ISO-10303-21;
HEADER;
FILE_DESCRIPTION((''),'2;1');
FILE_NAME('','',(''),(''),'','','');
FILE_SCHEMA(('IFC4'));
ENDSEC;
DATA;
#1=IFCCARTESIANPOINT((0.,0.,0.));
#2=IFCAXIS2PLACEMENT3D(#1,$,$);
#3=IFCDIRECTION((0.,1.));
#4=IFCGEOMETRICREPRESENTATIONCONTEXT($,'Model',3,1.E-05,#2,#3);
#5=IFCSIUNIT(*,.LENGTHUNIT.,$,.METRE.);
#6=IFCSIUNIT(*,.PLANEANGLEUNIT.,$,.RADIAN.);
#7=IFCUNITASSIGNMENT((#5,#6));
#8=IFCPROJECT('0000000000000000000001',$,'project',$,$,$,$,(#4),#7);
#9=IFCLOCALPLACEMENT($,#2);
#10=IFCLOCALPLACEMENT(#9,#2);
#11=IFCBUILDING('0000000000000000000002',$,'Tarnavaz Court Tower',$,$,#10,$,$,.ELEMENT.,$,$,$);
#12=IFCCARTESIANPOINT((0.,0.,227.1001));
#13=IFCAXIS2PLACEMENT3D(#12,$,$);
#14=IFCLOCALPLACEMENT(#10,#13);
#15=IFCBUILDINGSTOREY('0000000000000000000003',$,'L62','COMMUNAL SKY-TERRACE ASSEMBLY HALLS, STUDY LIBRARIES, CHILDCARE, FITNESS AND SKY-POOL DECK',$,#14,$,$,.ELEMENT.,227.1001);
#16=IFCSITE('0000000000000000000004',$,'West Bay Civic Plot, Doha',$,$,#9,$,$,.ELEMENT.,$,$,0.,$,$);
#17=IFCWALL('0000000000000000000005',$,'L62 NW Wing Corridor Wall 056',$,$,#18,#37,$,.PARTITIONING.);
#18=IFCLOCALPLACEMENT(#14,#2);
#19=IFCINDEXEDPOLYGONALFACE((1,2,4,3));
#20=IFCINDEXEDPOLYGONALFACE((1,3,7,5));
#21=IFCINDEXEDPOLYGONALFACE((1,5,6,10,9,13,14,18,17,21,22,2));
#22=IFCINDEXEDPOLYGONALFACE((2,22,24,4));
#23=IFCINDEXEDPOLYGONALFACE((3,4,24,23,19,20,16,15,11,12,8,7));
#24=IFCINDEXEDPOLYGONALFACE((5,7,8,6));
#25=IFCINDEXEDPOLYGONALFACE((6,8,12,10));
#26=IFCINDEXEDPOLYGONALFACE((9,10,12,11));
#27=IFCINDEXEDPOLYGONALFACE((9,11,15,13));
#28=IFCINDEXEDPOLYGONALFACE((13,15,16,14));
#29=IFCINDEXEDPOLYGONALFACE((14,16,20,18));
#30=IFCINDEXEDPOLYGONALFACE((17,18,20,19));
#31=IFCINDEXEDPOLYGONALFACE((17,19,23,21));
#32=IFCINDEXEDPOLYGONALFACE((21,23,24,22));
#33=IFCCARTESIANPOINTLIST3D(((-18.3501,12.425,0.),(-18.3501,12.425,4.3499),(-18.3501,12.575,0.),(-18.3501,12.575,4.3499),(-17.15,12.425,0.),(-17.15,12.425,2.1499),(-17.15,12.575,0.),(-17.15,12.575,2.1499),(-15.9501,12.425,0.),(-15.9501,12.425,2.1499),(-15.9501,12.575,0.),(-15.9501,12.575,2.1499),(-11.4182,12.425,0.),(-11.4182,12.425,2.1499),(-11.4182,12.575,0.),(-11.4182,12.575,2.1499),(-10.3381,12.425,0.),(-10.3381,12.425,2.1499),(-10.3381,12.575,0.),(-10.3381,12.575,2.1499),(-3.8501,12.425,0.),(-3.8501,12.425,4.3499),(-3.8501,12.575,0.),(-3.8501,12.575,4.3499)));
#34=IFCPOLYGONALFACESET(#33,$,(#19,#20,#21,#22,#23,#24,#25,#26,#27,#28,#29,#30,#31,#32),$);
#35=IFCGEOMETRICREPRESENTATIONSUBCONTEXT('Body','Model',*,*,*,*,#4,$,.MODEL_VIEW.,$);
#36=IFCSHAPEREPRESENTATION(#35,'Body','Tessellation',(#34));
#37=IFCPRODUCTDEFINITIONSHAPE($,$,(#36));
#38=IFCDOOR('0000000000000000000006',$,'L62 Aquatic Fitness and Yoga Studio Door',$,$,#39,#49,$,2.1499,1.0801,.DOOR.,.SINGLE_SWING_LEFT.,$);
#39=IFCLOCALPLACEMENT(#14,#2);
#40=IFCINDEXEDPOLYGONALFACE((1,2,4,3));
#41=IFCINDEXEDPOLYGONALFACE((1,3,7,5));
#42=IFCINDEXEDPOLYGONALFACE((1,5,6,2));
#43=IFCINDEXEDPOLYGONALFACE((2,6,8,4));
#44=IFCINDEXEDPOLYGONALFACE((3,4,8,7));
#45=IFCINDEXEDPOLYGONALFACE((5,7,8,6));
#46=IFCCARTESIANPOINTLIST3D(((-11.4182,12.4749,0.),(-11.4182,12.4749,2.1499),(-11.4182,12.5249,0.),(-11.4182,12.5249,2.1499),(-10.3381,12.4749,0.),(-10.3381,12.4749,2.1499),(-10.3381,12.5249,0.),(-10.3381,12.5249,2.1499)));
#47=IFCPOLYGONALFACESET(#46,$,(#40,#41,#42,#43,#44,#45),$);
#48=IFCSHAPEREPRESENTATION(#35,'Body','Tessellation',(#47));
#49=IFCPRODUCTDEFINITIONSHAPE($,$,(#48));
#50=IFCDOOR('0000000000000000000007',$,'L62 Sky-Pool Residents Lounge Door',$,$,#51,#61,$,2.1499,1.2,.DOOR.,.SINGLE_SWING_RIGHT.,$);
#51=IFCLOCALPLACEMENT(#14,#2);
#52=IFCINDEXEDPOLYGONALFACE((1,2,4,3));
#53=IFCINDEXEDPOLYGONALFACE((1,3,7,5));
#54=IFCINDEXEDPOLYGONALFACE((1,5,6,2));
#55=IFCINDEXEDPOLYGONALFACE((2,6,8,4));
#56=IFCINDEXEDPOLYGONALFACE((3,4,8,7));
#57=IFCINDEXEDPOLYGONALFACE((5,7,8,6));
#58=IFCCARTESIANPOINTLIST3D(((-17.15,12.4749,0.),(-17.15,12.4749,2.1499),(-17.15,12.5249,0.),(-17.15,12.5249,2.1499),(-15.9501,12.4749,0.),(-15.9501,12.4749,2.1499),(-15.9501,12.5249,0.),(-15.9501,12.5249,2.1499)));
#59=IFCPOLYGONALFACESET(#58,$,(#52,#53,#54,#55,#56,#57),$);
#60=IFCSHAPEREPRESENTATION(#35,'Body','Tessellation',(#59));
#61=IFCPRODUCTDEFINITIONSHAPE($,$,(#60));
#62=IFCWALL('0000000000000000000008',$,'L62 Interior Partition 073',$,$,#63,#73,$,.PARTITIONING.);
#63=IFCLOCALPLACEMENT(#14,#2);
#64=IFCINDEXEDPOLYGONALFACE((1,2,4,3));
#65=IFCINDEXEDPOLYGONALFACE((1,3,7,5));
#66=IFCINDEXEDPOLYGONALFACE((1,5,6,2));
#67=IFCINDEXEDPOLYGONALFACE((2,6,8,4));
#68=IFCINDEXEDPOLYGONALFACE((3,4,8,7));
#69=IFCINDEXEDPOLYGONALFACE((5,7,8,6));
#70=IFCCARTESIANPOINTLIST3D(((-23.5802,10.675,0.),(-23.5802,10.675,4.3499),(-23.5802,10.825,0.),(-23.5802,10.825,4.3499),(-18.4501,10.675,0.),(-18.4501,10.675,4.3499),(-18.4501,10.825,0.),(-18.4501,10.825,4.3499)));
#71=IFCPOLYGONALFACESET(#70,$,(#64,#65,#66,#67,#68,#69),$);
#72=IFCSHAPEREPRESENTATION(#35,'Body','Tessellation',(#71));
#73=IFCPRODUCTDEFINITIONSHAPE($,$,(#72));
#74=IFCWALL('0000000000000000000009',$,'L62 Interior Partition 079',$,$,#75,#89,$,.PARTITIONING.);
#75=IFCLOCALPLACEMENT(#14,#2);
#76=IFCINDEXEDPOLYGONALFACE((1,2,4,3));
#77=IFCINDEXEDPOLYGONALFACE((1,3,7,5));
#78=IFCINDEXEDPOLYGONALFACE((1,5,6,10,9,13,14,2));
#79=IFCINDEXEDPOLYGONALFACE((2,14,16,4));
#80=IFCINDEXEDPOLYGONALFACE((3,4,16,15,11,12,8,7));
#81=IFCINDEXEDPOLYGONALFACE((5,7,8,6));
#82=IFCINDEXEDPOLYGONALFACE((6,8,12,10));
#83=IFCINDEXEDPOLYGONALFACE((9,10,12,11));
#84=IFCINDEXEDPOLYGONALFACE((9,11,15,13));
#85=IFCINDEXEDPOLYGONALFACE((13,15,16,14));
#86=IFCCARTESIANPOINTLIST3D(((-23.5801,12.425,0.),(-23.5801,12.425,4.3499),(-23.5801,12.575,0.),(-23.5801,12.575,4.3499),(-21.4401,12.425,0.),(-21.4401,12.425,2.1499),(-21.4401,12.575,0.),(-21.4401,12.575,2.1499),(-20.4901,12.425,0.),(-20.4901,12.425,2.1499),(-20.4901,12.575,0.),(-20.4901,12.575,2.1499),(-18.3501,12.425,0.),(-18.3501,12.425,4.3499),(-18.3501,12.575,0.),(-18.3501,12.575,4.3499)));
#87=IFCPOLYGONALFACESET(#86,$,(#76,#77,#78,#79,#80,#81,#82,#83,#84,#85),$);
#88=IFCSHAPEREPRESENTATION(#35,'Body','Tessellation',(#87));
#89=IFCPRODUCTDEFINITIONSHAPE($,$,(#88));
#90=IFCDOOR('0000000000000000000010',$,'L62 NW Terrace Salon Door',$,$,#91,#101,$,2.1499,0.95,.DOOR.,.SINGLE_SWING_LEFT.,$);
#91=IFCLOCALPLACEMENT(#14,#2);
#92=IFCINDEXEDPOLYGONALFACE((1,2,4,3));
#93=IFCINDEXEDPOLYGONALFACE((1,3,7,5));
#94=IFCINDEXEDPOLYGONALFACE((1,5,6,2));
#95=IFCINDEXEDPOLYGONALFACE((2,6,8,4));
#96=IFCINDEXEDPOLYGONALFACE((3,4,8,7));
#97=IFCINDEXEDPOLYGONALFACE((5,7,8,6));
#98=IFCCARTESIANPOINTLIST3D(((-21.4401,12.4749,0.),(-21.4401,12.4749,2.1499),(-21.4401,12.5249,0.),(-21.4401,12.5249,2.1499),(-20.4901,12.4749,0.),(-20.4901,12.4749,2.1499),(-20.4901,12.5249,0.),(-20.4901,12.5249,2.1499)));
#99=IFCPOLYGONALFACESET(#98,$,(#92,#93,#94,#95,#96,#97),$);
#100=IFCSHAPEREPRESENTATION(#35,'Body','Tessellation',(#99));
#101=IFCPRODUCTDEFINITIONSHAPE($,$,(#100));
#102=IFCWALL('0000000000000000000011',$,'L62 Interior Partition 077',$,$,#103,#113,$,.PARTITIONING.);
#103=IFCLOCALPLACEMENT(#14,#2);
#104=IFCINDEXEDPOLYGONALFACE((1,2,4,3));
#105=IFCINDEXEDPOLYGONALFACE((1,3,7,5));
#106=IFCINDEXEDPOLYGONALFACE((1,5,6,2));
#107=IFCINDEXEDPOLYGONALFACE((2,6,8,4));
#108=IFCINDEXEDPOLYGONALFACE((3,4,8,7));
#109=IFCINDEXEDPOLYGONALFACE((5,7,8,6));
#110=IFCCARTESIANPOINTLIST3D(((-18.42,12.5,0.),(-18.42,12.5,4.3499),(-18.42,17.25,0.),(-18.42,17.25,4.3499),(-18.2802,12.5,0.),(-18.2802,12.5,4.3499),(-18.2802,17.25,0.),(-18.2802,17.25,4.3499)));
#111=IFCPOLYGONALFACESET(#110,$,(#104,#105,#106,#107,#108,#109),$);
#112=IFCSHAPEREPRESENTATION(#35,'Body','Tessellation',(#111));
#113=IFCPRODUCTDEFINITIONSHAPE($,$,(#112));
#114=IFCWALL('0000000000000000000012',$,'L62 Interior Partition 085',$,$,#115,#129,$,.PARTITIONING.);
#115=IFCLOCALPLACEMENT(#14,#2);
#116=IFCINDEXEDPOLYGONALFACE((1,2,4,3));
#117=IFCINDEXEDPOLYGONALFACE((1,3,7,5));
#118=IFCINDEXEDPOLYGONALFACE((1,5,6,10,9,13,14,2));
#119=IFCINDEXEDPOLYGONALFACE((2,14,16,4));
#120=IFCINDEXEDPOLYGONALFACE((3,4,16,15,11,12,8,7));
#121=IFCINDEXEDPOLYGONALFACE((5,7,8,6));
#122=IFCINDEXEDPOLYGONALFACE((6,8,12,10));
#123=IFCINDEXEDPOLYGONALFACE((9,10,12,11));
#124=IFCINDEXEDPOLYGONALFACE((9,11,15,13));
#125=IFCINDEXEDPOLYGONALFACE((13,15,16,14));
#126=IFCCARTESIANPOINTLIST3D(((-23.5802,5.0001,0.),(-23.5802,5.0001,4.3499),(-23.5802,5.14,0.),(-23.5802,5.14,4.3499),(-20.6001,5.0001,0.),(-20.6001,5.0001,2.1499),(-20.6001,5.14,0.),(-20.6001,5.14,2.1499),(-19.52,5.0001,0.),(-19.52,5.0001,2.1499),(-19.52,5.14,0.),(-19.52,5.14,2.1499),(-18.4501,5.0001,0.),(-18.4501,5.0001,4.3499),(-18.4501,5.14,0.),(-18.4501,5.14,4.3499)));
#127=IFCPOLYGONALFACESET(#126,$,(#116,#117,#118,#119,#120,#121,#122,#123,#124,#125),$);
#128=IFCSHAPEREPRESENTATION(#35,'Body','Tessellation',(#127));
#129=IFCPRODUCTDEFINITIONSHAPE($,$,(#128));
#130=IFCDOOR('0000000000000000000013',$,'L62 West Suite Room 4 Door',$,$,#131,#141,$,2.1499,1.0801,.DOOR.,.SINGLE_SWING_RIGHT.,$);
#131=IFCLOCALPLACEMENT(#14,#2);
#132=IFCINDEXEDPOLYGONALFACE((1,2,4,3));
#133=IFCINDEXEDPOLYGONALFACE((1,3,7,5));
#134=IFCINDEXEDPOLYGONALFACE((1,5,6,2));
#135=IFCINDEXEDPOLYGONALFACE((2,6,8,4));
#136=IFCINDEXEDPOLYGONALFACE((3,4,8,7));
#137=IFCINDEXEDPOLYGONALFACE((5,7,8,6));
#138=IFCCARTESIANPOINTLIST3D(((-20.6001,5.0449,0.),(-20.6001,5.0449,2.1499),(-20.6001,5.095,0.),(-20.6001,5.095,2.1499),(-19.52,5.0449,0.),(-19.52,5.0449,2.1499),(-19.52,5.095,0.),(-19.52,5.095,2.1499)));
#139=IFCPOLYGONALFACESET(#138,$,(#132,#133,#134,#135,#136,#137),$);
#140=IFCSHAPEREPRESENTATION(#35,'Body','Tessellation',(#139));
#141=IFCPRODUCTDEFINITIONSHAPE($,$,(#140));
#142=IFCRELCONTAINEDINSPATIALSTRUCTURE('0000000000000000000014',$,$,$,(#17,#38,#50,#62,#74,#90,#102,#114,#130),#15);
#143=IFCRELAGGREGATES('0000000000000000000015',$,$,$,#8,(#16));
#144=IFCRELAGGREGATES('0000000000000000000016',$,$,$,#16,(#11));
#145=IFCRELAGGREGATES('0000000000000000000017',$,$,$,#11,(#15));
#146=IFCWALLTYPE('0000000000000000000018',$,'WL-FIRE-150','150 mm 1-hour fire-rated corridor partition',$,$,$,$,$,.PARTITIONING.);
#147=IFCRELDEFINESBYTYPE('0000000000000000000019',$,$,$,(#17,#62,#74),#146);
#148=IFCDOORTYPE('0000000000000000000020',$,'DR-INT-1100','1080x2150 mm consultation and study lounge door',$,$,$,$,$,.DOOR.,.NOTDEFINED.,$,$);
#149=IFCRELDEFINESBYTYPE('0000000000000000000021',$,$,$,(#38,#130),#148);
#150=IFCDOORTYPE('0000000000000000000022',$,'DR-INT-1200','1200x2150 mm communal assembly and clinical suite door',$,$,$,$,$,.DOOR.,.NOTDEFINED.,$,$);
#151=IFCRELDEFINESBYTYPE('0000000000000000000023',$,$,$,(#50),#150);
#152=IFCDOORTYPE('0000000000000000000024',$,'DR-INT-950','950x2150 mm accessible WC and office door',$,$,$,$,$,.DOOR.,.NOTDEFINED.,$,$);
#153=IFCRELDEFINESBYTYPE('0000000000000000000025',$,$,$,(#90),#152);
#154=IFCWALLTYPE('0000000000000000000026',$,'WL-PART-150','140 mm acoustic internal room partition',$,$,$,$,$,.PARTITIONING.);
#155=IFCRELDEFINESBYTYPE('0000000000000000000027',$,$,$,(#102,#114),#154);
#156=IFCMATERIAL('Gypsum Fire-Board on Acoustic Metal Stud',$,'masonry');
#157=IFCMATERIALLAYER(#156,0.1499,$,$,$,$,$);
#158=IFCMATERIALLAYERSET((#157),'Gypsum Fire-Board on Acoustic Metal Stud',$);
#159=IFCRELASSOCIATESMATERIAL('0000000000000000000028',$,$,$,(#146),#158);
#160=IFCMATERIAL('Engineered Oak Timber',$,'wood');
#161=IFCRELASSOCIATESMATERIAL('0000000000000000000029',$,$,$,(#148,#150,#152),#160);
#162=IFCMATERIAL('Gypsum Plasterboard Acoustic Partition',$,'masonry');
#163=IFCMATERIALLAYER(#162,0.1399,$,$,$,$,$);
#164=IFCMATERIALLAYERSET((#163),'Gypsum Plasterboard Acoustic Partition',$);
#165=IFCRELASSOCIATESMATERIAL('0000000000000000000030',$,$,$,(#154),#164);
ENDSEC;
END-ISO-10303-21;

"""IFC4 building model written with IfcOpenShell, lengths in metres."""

from ifc_helpers import new_model, si_unit, direction, frame, frame_2d, origin, place, context, subcontext, project, spatial, rectangle, extrude, material, layer, layer_set, type_object, element, fill, save


model = new_model("IFC4")

# Units and contexts
model_context = context("Model", 3, precision=1e-05, world=origin(), true_north=direction((0.0, 1.0)))
body_context = subcontext(model_context, "Body", "Model", "MODEL_VIEW")
ifc_project = project(units=[si_unit("LENGTHUNIT", "METRE"), si_unit("PLANEANGLEUNIT", "RADIAN")], contexts=[model_context])

# Site, building, storey
site_placement = place(None, origin())
site = spatial("IfcSite", under=ifc_project, at=site_placement, Name="West Bay Civic Plot, Doha", CompositionType="ELEMENT", RefElevation=0.0)
building_placement = place(site_placement, origin())
building = spatial("IfcBuilding", under=site, at=building_placement, Name="Tarnavaz Court Tower", CompositionType="ELEMENT")
storey_placement = place(building_placement, frame((0.0, 0.0, 227.1001)))
storey = spatial("IfcBuildingStorey", under=building, at=storey_placement, Name="L62", Description="COMMUNAL SKY-TERRACE ASSEMBLY HALLS, STUDY LIBRARIES, CHILDCARE, FITNESS AND SKY-POOL DECK", CompositionType="ELEMENT", Elevation=227.1001)

# Wall, openings, doors
ifc_material_1 = material(Name="Gypsum Fire-Board on Acoustic Metal Stud", Category="masonry")
ifc_layer_1 = layer(ifc_material_1, 0.1499)
ifc_layer_set_1 = layer_set([ifc_layer_1], Name="Gypsum Fire-Board on Acoustic Metal Stud")
wall_type_1 = type_object("IfcWallType", Name="WL-FIRE-150", Description="150 mm 1-hour fire-rated corridor partition", PredefinedType="PARTITIONING", material=ifc_layer_set_1)
wall_1_placement = place(storey_placement, frame((-18.3501, 12.5, 0.0), z_axis=(0.0, 0.0, 1.0), x_axis=(1.0, 0.0, 0.0)))
wall_1 = element("IfcWall", 1, at=wall_1_placement, inside=storey, type_object=wall_type_1, Name="L62 NW Wing Corridor Wall 056", PredefinedType="PARTITIONING", context=body_context, shape_type="SweptSolid", body=[
    extrude(rectangle(XDim=14.5, YDim=0.1499, at=frame_2d((7.25, 0.0))), origin(), (0.0, 0.0, 1.0), 4.3499),
])
opening_1_placement = place(wall_1_placement, frame((1.2, 0.0, 0.0)))
opening_1 = element("IfcOpeningElement", 2, at=opening_1_placement, cuts=wall_1, PredefinedType="OPENING", context=body_context, shape_type="SweptSolid", body=[
    extrude(rectangle(XDim=1.2, YDim=2.1499, at=frame_2d((0.6001, 1.075))), frame((0.0, 0.085, 0.0), z_axis=(0.0, -1.0, 0.0), x_axis=(1.0, 0.0, 0.0)), (0.0, 0.0, 1.0), 0.1699),
])
opening_2_placement = place(wall_1_placement, frame((6.9319, 0.0, 0.0)))
opening_2 = element("IfcOpeningElement", 3, at=opening_2_placement, cuts=wall_1, PredefinedType="OPENING", context=body_context, shape_type="SweptSolid", body=[
    extrude(rectangle(XDim=1.0801, YDim=2.1499, at=frame_2d((0.54, 1.075))), frame((0.0, 0.085, 0.0), z_axis=(0.0, -1.0, 0.0), x_axis=(1.0, 0.0, 0.0)), (0.0, 0.0, 1.0), 0.1699),
])
ifc_material_2 = material(Name="Engineered Oak Timber", Category="wood")
door_type_1 = type_object("IfcDoorType", Name="DR-INT-1100", Description="1080x2150 mm consultation and study lounge door", OperationType="NOTDEFINED", PredefinedType="DOOR", material=ifc_material_2)
door_1_placement = place(opening_2_placement, origin())
door_1 = element("IfcDoor", 4, at=door_1_placement, inside=storey, type_object=door_type_1, Name="L62 Aquatic Fitness and Yoga Studio Door", OperationType="SINGLE_SWING_LEFT", OverallHeight=2.1499, OverallWidth=1.0801, PredefinedType="DOOR", context=body_context, shape_type="SweptSolid", body=[
    extrude(rectangle(XDim=1.0801, YDim=2.1499, at=frame_2d((0.54, 1.075))), frame((0.0, 0.0249, 0.0), z_axis=(0.0, -1.0, 0.0), x_axis=(1.0, 0.0, 0.0)), (0.0, 0.0, 1.0), 0.05),
])
fill(opening_2, door_1)
door_type_2 = type_object("IfcDoorType", Name="DR-INT-1200", Description="1200x2150 mm communal assembly and clinical suite door", OperationType="NOTDEFINED", PredefinedType="DOOR", material=ifc_material_2)
door_2_placement = place(opening_1_placement, origin())
door_2 = element("IfcDoor", 5, at=door_2_placement, inside=storey, type_object=door_type_2, Name="L62 Sky-Pool Residents Lounge Door", OperationType="SINGLE_SWING_RIGHT", OverallHeight=2.1499, OverallWidth=1.2, PredefinedType="DOOR", context=body_context, shape_type="SweptSolid", body=[
    extrude(rectangle(XDim=1.2, YDim=2.1499, at=frame_2d((0.6001, 1.075))), frame((0.0, 0.0249, 0.0), z_axis=(0.0, -1.0, 0.0), x_axis=(1.0, 0.0, 0.0)), (0.0, 0.0, 1.0), 0.05),
])
fill(opening_1, door_2)

# Wall
wall_2_placement = place(storey_placement, frame((-23.5801, 10.75, 0.0), z_axis=(0.0, 0.0, 1.0), x_axis=(1.0, 0.0, 0.0)))
element("IfcWall", 6, at=wall_2_placement, inside=storey, type_object=wall_type_1, Name="L62 Interior Partition 073", PredefinedType="PARTITIONING", context=body_context, shape_type="SweptSolid", body=[
    extrude(rectangle(XDim=5.1301, YDim=0.1499, at=frame_2d((2.5649, 0.0))), origin(), (0.0, 0.0, 1.0), 4.3499),
])

# Wall, opening, door
wall_3_placement = place(storey_placement, frame((-23.5801, 12.5, 0.0), z_axis=(0.0, 0.0, 1.0), x_axis=(1.0, 0.0, 0.0)))
wall_3 = element("IfcWall", 7, at=wall_3_placement, inside=storey, type_object=wall_type_1, Name="L62 Interior Partition 079", PredefinedType="PARTITIONING", context=body_context, shape_type="SweptSolid", body=[
    extrude(rectangle(XDim=5.23, YDim=0.1499, at=frame_2d((2.615, 0.0))), origin(), (0.0, 0.0, 1.0), 4.3499),
])
opening_3_placement = place(wall_3_placement, frame((2.1399, 0.0, 0.0)))
opening_3 = element("IfcOpeningElement", 8, at=opening_3_placement, cuts=wall_3, PredefinedType="OPENING", context=body_context, shape_type="SweptSolid", body=[
    extrude(rectangle(XDim=0.95, YDim=2.1499, at=frame_2d((0.4751, 1.075))), frame((0.0, 0.085, 0.0), z_axis=(0.0, -1.0, 0.0), x_axis=(1.0, 0.0, 0.0)), (0.0, 0.0, 1.0), 0.1699),
])
door_type_3 = type_object("IfcDoorType", Name="DR-INT-950", Description="950x2150 mm accessible WC and office door", OperationType="NOTDEFINED", PredefinedType="DOOR", material=ifc_material_2)
door_3_placement = place(opening_3_placement, origin())
door_3 = element("IfcDoor", 9, at=door_3_placement, inside=storey, type_object=door_type_3, Name="L62 NW Terrace Salon Door", OperationType="SINGLE_SWING_LEFT", OverallHeight=2.1499, OverallWidth=0.95, PredefinedType="DOOR", context=body_context, shape_type="SweptSolid", body=[
    extrude(rectangle(XDim=0.95, YDim=2.1499, at=frame_2d((0.4751, 1.075))), frame((0.0, 0.0249, 0.0), z_axis=(0.0, -1.0, 0.0), x_axis=(1.0, 0.0, 0.0)), (0.0, 0.0, 1.0), 0.05),
])
fill(opening_3, door_3)

# Wall
ifc_material_3 = material(Name="Gypsum Plasterboard Acoustic Partition", Category="masonry")
ifc_layer_2 = layer(ifc_material_3, 0.1399)
ifc_layer_set_2 = layer_set([ifc_layer_2], Name="Gypsum Plasterboard Acoustic Partition")
wall_type_2 = type_object("IfcWallType", Name="WL-PART-150", Description="140 mm acoustic internal room partition", PredefinedType="PARTITIONING", material=ifc_layer_set_2)
wall_4_placement = place(storey_placement, frame((-18.3501, 12.5, 0.0), z_axis=(0.0, 0.0, 1.0), x_axis=(0.0, 1.0, 0.0)))
element("IfcWall", 10, at=wall_4_placement, inside=storey, type_object=wall_type_2, Name="L62 Interior Partition 077", PredefinedType="PARTITIONING", context=body_context, shape_type="SweptSolid", body=[
    extrude(rectangle(XDim=4.75, YDim=0.1399, at=frame_2d((2.375, 0.0))), origin(), (0.0, 0.0, 1.0), 4.3499),
])

# Wall, opening, door
wall_5_placement = place(storey_placement, frame((-23.5801, 5.0701, 0.0), z_axis=(0.0, 0.0, 1.0), x_axis=(1.0, 0.0, 0.0)))
wall_5 = element("IfcWall", 11, at=wall_5_placement, inside=storey, type_object=wall_type_2, Name="L62 Interior Partition 085", PredefinedType="PARTITIONING", context=body_context, shape_type="SweptSolid", body=[
    extrude(rectangle(XDim=5.1301, YDim=0.1399, at=frame_2d((2.5649, 0.0))), origin(), (0.0, 0.0, 1.0), 4.3499),
])
opening_4_placement = place(wall_5_placement, frame((2.98, 0.0, 0.0)))
opening_4 = element("IfcOpeningElement", 12, at=opening_4_placement, cuts=wall_5, PredefinedType="OPENING", context=body_context, shape_type="SweptSolid", body=[
    extrude(rectangle(XDim=1.0801, YDim=2.1499, at=frame_2d((0.54, 1.075))), frame((0.0, 0.0798, 0.0), z_axis=(0.0, -1.0, 0.0), x_axis=(1.0, 0.0, 0.0)), (0.0, 0.0, 1.0), 0.1599),
])
door_4_placement = place(opening_4_placement, origin())
door_4 = element("IfcDoor", 13, at=door_4_placement, inside=storey, type_object=door_type_1, Name="L62 West Suite Room 4 Door", OperationType="SINGLE_SWING_RIGHT", OverallHeight=2.1499, OverallWidth=1.0801, PredefinedType="DOOR", context=body_context, shape_type="SweptSolid", body=[
    extrude(rectangle(XDim=1.0801, YDim=2.1499, at=frame_2d((0.54, 1.075))), frame((0.0, 0.0249, 0.0), z_axis=(0.0, -1.0, 0.0), x_axis=(1.0, 0.0, 0.0)), (0.0, 0.0, 1.0), 0.05),
])
fill(opening_4, door_4)

save(model, "model.ifc")
